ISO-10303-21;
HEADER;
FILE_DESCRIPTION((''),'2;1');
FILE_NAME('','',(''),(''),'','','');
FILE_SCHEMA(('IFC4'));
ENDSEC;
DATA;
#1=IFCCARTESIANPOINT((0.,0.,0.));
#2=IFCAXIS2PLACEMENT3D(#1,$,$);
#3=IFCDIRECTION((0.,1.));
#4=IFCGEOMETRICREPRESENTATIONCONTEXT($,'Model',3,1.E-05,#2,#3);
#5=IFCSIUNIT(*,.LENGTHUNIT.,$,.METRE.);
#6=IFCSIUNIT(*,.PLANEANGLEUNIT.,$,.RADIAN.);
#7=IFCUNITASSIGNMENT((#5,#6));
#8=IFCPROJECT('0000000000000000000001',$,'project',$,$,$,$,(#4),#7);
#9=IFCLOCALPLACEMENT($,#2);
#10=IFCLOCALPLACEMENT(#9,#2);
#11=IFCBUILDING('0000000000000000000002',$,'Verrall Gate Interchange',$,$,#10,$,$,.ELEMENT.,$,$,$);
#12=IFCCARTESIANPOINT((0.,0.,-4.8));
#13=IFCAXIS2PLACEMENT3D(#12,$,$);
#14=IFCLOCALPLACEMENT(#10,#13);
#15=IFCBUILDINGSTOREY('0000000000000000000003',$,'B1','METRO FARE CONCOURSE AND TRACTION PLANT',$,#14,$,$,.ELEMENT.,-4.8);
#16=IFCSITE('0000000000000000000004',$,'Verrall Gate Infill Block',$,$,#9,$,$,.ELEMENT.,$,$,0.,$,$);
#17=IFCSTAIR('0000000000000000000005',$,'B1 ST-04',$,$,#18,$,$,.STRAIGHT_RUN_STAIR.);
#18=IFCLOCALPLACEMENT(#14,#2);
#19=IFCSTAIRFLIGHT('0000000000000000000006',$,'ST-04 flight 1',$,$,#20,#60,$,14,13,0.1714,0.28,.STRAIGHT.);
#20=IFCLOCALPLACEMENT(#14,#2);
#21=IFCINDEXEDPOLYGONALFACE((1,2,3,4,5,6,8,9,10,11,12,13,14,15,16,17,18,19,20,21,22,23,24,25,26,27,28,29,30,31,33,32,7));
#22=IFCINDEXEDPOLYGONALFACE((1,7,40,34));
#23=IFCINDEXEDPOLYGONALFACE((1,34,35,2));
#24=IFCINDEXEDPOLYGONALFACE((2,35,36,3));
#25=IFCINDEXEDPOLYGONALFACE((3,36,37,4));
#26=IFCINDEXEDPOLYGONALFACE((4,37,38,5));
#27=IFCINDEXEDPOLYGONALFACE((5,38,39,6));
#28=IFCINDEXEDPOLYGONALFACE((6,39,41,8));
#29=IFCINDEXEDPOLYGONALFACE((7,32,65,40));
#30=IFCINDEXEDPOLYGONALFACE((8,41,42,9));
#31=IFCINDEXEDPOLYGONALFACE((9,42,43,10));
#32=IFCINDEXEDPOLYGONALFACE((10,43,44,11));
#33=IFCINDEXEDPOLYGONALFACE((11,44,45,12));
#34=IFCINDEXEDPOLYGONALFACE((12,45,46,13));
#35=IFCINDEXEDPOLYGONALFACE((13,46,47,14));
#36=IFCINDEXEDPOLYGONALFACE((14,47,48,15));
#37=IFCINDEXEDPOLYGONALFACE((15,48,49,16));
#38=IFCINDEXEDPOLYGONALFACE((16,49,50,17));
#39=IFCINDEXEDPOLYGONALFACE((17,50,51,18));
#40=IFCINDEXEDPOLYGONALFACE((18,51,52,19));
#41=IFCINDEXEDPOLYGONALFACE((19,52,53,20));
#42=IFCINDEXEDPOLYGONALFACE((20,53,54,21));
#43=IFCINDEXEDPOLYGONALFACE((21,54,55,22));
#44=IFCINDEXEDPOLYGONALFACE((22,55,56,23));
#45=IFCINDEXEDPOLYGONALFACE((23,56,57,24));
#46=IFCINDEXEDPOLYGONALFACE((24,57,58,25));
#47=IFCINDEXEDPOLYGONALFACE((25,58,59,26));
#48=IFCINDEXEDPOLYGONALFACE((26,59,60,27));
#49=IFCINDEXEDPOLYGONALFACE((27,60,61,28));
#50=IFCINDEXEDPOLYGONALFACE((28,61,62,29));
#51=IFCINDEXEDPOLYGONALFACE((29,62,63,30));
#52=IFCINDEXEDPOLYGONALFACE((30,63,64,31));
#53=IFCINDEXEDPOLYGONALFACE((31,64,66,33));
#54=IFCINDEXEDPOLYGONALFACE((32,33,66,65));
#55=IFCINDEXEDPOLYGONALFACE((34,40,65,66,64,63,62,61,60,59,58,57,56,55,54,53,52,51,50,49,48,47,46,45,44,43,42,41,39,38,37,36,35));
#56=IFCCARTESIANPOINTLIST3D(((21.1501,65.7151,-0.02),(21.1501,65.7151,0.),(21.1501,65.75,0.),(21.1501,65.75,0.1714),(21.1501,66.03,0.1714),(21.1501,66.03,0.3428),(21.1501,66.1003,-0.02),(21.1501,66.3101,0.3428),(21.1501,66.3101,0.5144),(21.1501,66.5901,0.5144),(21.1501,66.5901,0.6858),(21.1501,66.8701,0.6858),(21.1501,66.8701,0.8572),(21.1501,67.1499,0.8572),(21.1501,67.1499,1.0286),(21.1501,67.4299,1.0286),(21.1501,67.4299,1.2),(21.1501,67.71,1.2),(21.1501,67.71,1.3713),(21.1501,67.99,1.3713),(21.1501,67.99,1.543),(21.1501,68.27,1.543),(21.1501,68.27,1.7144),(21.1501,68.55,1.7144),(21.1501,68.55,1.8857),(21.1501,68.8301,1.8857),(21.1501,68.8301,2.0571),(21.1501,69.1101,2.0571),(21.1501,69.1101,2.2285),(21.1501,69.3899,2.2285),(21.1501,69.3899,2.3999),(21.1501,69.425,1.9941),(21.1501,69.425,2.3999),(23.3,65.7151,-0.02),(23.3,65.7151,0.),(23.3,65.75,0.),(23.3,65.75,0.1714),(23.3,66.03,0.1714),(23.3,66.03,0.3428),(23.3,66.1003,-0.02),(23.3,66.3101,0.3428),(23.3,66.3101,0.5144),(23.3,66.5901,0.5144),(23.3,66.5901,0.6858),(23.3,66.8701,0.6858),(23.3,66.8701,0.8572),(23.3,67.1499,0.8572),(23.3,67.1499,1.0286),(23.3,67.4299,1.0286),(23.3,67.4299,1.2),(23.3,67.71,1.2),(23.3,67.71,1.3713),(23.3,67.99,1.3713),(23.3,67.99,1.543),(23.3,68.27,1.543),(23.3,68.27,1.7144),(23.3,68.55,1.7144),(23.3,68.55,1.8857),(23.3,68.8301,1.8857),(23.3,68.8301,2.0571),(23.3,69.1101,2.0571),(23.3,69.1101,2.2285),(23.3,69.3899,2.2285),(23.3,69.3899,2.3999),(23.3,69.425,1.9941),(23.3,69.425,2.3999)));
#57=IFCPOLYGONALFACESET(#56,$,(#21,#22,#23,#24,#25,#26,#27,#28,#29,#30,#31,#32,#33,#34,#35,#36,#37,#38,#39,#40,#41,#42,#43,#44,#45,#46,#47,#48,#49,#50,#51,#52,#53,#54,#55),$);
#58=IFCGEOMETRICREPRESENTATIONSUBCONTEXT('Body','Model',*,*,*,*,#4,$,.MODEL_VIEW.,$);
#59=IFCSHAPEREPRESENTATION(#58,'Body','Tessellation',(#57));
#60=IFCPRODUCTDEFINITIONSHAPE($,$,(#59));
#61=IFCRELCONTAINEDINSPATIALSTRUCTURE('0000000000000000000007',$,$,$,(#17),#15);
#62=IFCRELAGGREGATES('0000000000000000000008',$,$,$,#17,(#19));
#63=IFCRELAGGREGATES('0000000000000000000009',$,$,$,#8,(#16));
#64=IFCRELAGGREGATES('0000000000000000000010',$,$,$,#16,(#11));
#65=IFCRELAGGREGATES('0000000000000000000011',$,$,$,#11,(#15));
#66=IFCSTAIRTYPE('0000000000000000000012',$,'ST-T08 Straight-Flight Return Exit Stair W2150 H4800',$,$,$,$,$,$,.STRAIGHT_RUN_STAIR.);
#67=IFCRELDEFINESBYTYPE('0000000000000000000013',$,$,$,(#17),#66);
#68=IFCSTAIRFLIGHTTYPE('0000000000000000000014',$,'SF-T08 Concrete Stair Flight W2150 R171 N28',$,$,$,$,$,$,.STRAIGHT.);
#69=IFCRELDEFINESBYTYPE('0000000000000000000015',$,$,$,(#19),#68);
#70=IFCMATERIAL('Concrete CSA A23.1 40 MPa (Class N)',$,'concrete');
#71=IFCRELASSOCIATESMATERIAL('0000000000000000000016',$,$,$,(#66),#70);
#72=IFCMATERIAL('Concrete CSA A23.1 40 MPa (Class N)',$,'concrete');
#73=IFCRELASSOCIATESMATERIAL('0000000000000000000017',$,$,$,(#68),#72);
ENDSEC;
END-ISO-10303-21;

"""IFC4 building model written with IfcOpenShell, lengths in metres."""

from ifc_helpers import new_model, si_unit, direction, frame, origin, place, context, subcontext, project, spatial, polyline, outline, extrude, material, type_object, element, aggregate, save


model = new_model("IFC4")

# Units and contexts
model_context = context("Model", 3, precision=1e-05, world=origin(), true_north=direction((0.0, 1.0)))
body_context = subcontext(model_context, "Body", "Model", "MODEL_VIEW")
ifc_project = project(units=[si_unit("LENGTHUNIT", "METRE"), si_unit("PLANEANGLEUNIT", "RADIAN")], contexts=[model_context])

# Site, building, storey
site_placement = place(None, origin())
site = spatial("IfcSite", under=ifc_project, at=site_placement, Name="Verrall Gate Infill Block", CompositionType="ELEMENT", RefElevation=0.0)
building_placement = place(site_placement, origin())
building = spatial("IfcBuilding", under=site, at=building_placement, Name="Verrall Gate Interchange", CompositionType="ELEMENT")
storey_placement = place(building_placement, frame((0.0, 0.0, -4.8)))
storey = spatial("IfcBuildingStorey", under=building, at=storey_placement, Name="B1", Description="METRO FARE CONCOURSE AND TRACTION PLANT", CompositionType="ELEMENT", Elevation=-4.8)

# Stair, stair flight
ifc_material_1 = material(Name="Concrete CSA A23.1 40 MPa (Class N)", Category="concrete")
stair_type = type_object("IfcStairType", Name="ST-T08 Straight-Flight Return Exit Stair W2150 H4800", PredefinedType="STRAIGHT_RUN_STAIR", material=ifc_material_1)
stair_placement = place(storey_placement, origin())
stair = element("IfcStair", 1, at=stair_placement, inside=storey, type_object=stair_type, Name="B1 ST-04", PredefinedType="STRAIGHT_RUN_STAIR")
ifc_material_2 = material(Name="Concrete CSA A23.1 40 MPa (Class N)", Category="concrete")
stair_flight_type = type_object("IfcStairFlightType", Name="SF-T08 Concrete Stair Flight W2150 R171 N28", PredefinedType="STRAIGHT", material=ifc_material_2)
stair_flight_placement = place(storey_placement, frame((22.2251, 65.75, 0.0), z_axis=(0.0, 0.0, 1.0), x_axis=(0.0, 1.0, 0.0)))
stair_flight = element("IfcStairFlight", 2, at=stair_flight_placement, type_object=stair_flight_type, Name="ST-04 flight 1", NumberOfRisers=14, NumberOfTreads=13, PredefinedType="STRAIGHT", RiserHeight=0.1714, TreadLength=0.28, context=body_context, shape_type="SweptSolid", body=[
    extrude(outline(polyline([(-0.0349, -0.02), (-0.0349, 0.0), (0.0, 0.0), (0.0, 0.1714), (0.28, 0.1714), (0.28, 0.3428), (0.5601, 0.3428), (0.5601, 0.5144), (0.8401, 0.5144), (0.8401, 0.6858), (1.1201, 0.6858), (1.1201, 0.8572), (1.3999, 0.8572), (1.3999, 1.0286), (1.6799, 1.0286), (1.6799, 1.2), (1.96, 1.2), (1.96, 1.3713), (2.24, 1.3713), (2.24, 1.543), (2.52, 1.543), (2.52, 1.7144), (2.8, 1.7144), (2.8, 1.8857), (3.0801, 1.8857), (3.0801, 2.0571), (3.3601, 2.0571), (3.3601, 2.2285), (3.6399, 2.2285), (3.6399, 2.3999), (3.675, 2.3999), (3.675, 1.9941), (0.3503, -0.02), (-0.0349, -0.02)])), frame((0.0, 1.075, 0.0), z_axis=(0.0, -1.0, 0.0), x_axis=(1.0, 0.0, 0.0)), (0.0, 0.0, 1.0), 2.1499),
])
aggregate(stair, [stair_flight])

save(model, "model.ifc")
